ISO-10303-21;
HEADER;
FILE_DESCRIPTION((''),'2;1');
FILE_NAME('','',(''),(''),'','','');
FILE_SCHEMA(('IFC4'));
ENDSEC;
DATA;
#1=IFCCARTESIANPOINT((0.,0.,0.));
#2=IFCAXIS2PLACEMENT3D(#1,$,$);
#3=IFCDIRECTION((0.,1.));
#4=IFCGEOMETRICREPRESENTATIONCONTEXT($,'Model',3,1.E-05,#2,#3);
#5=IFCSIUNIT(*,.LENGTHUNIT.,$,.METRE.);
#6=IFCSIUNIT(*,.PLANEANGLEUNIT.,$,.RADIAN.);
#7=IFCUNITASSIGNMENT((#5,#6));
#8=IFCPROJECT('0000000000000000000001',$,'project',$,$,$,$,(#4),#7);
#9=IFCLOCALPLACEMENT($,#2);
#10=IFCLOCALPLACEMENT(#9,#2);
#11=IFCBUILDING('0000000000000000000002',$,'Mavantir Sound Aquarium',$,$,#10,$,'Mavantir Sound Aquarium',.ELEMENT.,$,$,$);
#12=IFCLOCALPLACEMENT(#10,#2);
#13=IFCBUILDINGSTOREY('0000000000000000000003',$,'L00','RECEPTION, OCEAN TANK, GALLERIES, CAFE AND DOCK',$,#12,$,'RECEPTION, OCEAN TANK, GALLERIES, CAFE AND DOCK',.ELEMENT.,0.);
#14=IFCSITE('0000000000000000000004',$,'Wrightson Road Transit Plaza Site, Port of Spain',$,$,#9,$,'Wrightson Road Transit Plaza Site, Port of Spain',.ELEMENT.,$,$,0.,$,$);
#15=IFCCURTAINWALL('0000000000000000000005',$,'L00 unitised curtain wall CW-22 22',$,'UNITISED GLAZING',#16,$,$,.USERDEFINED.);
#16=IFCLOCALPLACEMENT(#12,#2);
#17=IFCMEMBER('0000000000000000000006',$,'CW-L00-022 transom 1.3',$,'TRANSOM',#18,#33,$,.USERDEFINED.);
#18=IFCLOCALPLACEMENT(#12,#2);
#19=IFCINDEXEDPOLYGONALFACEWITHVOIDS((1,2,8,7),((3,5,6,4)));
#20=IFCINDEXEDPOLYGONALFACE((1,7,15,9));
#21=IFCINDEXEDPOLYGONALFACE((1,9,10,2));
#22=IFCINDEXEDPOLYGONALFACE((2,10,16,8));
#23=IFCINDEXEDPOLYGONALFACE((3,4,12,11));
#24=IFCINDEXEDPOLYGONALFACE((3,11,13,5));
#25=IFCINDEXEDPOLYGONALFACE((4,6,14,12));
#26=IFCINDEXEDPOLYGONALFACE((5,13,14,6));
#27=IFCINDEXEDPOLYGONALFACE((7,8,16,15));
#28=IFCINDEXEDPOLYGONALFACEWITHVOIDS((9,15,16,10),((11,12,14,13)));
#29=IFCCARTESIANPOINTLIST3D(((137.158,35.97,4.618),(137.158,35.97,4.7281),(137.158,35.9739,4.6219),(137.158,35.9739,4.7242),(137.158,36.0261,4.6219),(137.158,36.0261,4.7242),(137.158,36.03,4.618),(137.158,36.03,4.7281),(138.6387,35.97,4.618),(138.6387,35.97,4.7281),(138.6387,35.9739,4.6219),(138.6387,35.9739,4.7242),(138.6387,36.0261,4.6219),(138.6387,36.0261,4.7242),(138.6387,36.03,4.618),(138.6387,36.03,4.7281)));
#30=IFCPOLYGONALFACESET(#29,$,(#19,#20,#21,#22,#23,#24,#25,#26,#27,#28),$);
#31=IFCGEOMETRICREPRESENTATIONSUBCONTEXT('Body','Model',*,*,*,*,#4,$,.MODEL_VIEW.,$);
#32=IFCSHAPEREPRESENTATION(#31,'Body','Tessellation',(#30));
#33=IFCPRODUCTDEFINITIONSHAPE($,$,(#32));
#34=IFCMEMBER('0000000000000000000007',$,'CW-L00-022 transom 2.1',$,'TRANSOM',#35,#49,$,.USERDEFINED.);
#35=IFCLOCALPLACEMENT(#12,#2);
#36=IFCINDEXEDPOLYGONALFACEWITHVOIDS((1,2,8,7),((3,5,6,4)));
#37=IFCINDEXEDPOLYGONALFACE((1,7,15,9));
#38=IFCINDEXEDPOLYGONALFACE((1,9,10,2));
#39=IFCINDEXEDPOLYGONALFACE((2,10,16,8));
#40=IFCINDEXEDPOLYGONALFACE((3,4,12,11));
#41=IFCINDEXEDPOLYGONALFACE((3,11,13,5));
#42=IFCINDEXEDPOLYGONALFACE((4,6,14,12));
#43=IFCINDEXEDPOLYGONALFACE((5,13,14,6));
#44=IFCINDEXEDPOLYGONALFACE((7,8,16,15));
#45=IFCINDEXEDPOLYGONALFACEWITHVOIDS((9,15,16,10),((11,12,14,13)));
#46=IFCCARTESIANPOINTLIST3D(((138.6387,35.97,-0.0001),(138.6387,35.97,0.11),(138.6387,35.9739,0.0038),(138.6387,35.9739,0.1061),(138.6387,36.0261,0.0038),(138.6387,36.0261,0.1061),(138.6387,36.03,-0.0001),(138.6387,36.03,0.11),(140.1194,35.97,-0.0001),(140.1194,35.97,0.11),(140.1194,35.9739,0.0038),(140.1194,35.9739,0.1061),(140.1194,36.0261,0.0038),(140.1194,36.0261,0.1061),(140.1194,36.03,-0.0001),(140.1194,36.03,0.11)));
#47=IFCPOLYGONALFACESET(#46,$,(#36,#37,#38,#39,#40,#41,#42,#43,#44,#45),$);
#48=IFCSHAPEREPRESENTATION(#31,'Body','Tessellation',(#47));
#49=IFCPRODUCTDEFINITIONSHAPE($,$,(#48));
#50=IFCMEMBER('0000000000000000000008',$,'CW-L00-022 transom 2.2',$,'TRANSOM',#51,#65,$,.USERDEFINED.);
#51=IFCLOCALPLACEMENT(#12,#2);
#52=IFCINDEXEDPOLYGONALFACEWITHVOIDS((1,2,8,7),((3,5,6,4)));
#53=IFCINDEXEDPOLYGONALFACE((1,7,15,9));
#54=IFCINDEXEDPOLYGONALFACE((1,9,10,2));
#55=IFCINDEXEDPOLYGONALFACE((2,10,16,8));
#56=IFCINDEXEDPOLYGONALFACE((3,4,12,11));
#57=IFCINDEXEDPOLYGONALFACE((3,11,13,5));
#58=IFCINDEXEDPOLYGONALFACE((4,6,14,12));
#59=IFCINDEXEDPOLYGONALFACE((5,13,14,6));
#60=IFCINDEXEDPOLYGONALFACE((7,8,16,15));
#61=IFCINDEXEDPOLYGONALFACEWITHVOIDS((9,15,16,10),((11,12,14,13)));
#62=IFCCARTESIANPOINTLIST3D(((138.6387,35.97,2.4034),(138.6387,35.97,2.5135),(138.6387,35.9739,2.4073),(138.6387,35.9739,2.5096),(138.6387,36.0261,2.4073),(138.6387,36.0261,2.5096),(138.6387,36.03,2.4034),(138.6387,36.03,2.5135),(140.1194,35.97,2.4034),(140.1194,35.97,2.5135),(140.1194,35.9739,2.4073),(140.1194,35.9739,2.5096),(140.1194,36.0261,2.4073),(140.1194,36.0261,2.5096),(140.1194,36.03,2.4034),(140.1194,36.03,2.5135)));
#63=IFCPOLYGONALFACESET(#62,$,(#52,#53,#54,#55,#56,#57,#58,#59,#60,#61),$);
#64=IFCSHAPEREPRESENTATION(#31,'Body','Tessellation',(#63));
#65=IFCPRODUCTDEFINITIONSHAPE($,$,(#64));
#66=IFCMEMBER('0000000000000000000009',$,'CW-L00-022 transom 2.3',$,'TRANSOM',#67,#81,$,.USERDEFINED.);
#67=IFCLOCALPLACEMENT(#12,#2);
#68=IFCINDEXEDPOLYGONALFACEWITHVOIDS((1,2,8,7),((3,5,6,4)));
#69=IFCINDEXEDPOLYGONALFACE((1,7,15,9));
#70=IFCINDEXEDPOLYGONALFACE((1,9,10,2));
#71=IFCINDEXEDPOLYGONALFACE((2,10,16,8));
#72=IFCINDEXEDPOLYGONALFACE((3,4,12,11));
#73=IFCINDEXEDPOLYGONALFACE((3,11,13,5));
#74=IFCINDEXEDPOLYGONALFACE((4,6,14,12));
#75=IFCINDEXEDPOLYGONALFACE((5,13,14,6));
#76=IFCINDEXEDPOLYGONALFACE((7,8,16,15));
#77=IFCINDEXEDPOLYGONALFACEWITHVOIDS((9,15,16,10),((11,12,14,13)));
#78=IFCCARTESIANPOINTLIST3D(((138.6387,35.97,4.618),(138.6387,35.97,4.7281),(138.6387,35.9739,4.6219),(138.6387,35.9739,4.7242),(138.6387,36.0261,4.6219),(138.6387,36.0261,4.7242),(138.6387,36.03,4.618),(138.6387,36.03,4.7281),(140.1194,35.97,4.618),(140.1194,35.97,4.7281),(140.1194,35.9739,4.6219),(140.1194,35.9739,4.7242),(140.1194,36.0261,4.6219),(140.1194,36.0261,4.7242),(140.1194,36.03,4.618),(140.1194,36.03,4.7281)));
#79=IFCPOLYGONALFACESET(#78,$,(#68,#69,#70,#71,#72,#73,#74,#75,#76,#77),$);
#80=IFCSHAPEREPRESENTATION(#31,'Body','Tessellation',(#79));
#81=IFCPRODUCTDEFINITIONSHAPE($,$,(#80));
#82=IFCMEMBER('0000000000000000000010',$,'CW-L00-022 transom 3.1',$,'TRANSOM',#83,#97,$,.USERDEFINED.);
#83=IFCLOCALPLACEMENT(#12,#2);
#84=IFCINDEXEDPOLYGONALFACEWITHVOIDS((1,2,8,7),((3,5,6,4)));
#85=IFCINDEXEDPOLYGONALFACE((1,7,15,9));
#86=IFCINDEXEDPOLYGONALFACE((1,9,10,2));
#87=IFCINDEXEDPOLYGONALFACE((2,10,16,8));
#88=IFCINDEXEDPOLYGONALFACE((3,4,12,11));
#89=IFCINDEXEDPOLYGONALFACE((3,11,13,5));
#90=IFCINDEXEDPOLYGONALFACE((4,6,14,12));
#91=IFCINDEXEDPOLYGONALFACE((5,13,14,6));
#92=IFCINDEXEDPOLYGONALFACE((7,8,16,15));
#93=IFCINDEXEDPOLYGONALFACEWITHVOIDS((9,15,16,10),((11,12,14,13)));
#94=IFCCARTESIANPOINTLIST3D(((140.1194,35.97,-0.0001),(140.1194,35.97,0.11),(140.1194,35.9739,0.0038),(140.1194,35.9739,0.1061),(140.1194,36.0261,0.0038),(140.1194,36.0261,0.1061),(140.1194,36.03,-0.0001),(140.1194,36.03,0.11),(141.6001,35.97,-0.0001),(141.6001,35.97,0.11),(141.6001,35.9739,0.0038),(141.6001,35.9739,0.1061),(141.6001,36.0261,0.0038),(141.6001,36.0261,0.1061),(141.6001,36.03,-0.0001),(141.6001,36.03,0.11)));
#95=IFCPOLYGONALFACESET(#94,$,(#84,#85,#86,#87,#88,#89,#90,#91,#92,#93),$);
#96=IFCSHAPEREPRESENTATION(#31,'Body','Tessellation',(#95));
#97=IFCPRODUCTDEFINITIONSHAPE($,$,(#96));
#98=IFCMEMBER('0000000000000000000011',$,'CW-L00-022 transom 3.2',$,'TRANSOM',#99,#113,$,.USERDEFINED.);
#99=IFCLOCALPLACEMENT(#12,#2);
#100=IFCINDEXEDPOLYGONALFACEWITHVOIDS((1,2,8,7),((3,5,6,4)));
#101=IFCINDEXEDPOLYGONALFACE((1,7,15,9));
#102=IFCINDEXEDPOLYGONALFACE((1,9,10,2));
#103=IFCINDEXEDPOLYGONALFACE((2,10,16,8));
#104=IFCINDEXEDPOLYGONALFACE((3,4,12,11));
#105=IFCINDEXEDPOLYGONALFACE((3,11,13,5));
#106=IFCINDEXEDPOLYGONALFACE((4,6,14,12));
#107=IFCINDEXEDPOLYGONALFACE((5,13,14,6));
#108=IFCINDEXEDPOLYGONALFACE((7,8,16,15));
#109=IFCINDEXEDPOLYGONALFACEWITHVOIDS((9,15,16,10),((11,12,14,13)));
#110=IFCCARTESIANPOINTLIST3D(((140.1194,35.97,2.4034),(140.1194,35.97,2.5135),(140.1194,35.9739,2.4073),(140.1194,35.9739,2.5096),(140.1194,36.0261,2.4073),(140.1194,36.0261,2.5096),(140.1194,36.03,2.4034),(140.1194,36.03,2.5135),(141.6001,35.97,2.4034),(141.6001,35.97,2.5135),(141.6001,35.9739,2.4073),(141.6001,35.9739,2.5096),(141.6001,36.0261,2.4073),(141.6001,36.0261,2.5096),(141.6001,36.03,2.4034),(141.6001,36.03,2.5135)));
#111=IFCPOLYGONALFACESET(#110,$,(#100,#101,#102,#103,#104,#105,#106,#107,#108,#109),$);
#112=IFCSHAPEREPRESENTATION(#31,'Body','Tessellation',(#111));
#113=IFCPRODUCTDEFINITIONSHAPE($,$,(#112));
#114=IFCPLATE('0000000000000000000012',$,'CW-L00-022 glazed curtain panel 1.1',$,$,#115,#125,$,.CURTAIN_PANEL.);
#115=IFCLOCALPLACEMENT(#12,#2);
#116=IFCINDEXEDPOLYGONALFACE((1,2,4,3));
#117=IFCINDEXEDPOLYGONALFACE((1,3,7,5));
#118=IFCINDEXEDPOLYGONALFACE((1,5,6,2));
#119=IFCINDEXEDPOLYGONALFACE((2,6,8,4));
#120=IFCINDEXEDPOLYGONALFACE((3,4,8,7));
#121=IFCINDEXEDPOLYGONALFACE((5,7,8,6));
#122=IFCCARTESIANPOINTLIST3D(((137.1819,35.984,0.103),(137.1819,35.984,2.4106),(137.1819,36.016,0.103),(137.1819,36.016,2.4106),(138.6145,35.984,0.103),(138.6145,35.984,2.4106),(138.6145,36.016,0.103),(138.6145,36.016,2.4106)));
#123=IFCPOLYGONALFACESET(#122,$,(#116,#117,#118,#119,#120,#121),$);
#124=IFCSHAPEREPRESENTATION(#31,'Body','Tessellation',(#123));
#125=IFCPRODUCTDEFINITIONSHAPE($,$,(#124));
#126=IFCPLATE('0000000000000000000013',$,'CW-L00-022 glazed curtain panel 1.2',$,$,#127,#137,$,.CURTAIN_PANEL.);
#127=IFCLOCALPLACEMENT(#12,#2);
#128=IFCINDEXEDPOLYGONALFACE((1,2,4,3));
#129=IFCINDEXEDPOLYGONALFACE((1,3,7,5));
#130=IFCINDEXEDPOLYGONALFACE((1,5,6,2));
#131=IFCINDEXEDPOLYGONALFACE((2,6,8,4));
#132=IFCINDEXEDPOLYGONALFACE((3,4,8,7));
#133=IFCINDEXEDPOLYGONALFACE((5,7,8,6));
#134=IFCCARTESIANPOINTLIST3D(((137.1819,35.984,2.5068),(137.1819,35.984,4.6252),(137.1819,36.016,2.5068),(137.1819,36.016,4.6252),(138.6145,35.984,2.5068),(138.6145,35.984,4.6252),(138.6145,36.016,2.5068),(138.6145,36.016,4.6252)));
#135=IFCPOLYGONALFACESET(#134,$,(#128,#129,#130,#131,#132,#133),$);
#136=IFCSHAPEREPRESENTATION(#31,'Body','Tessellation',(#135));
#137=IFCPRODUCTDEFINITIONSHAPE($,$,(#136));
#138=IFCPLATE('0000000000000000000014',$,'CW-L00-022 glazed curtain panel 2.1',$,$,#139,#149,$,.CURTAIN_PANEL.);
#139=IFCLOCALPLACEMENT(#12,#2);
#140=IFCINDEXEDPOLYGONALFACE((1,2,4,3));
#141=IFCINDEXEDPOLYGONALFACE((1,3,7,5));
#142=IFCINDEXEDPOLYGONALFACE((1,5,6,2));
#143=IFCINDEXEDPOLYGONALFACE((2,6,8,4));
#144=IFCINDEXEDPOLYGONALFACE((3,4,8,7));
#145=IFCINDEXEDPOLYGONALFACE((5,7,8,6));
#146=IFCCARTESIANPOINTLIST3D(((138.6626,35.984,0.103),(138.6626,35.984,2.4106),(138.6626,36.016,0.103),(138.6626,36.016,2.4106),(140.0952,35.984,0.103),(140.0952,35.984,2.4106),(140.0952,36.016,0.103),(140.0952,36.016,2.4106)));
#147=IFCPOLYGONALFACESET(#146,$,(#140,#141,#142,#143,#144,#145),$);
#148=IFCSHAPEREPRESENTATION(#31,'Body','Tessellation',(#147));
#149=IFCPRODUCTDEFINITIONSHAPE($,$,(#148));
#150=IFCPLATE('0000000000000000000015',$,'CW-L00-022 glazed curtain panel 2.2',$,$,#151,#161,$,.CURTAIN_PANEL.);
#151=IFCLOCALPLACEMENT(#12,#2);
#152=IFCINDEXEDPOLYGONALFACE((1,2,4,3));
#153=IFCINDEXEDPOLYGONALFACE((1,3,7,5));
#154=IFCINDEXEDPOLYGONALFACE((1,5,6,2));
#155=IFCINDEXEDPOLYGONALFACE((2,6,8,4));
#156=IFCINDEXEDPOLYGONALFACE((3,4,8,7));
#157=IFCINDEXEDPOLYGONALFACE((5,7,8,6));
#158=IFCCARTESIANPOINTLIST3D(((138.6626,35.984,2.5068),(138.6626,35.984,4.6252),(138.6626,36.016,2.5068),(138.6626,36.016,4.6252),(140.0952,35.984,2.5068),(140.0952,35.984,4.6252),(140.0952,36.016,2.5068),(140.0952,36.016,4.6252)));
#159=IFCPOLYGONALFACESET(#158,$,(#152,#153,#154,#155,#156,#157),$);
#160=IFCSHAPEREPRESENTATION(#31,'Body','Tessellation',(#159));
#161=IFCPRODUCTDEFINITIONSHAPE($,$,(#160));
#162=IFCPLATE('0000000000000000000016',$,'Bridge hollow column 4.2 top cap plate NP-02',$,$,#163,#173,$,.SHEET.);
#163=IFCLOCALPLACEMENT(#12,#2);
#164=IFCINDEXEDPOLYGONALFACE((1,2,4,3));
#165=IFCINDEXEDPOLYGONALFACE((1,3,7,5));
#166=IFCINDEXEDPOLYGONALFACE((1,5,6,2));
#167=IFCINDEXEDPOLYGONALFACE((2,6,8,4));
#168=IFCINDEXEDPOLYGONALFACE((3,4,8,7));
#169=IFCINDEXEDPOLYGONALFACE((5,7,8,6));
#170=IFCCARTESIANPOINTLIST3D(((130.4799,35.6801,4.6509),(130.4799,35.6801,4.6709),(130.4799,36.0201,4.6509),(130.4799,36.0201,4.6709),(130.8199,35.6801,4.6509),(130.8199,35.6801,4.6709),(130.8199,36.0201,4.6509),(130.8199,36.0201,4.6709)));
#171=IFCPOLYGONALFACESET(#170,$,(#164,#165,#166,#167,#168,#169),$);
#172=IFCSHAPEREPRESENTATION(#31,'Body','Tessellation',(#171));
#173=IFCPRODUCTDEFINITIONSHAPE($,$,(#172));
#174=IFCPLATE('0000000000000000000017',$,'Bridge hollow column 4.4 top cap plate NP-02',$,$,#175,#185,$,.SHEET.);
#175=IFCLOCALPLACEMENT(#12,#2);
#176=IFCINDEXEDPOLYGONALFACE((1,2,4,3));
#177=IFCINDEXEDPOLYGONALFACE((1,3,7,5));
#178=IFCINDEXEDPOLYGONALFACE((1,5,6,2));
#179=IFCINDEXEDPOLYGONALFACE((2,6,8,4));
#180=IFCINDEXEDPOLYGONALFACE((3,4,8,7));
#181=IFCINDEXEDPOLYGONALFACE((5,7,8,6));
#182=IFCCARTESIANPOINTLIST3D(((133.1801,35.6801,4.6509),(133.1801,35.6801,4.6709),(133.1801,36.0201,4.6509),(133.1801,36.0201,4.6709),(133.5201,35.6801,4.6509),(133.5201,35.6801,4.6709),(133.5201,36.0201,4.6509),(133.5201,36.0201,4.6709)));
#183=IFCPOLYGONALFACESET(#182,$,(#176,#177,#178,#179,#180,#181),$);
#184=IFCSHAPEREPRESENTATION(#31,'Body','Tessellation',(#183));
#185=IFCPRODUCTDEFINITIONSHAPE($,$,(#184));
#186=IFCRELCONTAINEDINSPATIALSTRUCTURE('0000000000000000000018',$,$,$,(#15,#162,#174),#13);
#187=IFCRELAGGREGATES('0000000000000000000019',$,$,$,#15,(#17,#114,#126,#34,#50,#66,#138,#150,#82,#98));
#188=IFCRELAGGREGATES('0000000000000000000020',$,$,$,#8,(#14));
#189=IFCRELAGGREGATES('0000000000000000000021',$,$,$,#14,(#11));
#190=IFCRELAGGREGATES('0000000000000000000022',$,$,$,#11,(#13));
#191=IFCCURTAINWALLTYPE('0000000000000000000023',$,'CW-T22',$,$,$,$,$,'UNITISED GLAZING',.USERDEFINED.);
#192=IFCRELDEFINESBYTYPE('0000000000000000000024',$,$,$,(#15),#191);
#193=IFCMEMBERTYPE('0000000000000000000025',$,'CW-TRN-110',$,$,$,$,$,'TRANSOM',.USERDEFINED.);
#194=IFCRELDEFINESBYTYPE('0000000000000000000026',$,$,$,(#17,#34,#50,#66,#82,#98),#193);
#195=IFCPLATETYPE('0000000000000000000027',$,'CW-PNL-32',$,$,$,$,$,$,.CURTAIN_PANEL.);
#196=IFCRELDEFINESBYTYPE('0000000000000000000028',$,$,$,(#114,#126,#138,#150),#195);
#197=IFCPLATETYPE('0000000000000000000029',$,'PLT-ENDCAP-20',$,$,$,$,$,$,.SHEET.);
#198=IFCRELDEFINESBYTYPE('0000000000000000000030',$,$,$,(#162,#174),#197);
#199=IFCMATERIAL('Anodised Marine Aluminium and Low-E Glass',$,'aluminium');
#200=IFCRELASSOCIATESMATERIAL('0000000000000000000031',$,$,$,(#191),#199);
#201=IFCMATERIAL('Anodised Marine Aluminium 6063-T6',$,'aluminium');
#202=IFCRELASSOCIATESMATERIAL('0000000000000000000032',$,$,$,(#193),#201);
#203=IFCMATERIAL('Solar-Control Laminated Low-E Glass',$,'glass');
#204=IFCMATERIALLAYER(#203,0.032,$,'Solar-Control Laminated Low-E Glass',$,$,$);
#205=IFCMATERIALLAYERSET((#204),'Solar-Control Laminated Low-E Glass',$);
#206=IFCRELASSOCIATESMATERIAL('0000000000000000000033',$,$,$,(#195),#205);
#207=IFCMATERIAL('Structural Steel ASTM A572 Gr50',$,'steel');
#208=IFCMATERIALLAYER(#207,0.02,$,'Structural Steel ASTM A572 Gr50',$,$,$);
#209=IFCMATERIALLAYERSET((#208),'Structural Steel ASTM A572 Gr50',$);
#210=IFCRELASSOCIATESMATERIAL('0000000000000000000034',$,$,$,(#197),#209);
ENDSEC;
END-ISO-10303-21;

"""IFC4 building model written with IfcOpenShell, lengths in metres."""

from ifc_helpers import new_model, si_unit, direction, frame, origin, origin_2d, place, context, subcontext, project, spatial, rectangle, hollow_rectangle, extrude, material, layer, layer_set, material_profile, profile_set, type_object, element, aggregate, save


model = new_model("IFC4")

# Units and contexts
model_context = context("Model", 3, precision=1e-05, world=origin(), true_north=direction((0.0, 1.0)))
body_context = subcontext(model_context, "Body", "Model", "MODEL_VIEW")
ifc_project = project(units=[si_unit("LENGTHUNIT", "METRE"), si_unit("PLANEANGLEUNIT", "RADIAN")], contexts=[model_context])

# Site, building, storey
site_placement = place(None, origin())
site = spatial("IfcSite", under=ifc_project, at=site_placement, Name="Wrightson Road Transit Plaza Site, Port of Spain", LongName="Wrightson Road Transit Plaza Site, Port of Spain", CompositionType="ELEMENT", RefElevation=0.0)
building_placement = place(site_placement, origin())
building = spatial("IfcBuilding", under=site, at=building_placement, Name="Mavantir Sound Aquarium", LongName="Mavantir Sound Aquarium", CompositionType="ELEMENT")
storey_placement = place(building_placement, origin())
storey = spatial("IfcBuildingStorey", under=building, at=storey_placement, Name="L00", Description="RECEPTION, OCEAN TANK, GALLERIES, CAFE AND DOCK", LongName="RECEPTION, OCEAN TANK, GALLERIES, CAFE AND DOCK", CompositionType="ELEMENT", Elevation=0.0)

# Curtain wall, members, plates
ifc_material_1 = material(Name="Anodised Marine Aluminium and Low-E Glass", Category="aluminium")
curtain_wall_type = type_object("IfcCurtainWallType", Name="CW-T22", ElementType="UNITISED GLAZING", PredefinedType="USERDEFINED", material=ifc_material_1)
curtain_wall_placement = place(storey_placement, origin())
curtain_wall = element("IfcCurtainWall", 1, at=curtain_wall_placement, inside=storey, type_object=curtain_wall_type, Name="L00 unitised curtain wall CW-22 22", ObjectType="UNITISED GLAZING", PredefinedType="USERDEFINED")
ifc_material_2 = material(Name="Anodised Marine Aluminium 6063-T6", Category="aluminium")
ifc_material_profile_1 = material_profile(ifc_material_2, hollow_rectangle(XDim=0.0601, YDim=0.1101, WallThickness=0.0039, at=origin_2d()), Name="ALU-TRANSOM-110X60")
ifc_profile_set_1 = profile_set([ifc_material_profile_1], Name="Anodised Marine Aluminium 6063-T6")
member_type_1 = type_object("IfcMemberType", Name="CW-TRN-110", ElementType="TRANSOM", PredefinedType="USERDEFINED", material=ifc_profile_set_1)
member_1_placement = place(storey_placement, frame((137.158, 36.0, 4.6731), z_axis=(1.0, 0.0, 0.0), x_axis=(0.0, 1.0, 0.0)))
member_1 = element("IfcMember", 2, at=member_1_placement, type_object=member_type_1, Name="CW-L00-022 transom 1.3", ObjectType="TRANSOM", PredefinedType="USERDEFINED", context=body_context, shape_type="SweptSolid", body=[
    extrude(hollow_rectangle(XDim=0.0601, YDim=0.1101, WallThickness=0.0039, at=origin_2d()), origin(), (0.0, 0.0, 1.0), 1.4807),
])
member_2_placement = place(storey_placement, frame((138.6387, 36.0, 0.0549), z_axis=(1.0, 0.0, 0.0), x_axis=(0.0, 1.0, 0.0)))
member_2 = element("IfcMember", 3, at=member_2_placement, type_object=member_type_1, Name="CW-L00-022 transom 2.1", ObjectType="TRANSOM", PredefinedType="USERDEFINED", context=body_context, shape_type="SweptSolid", body=[
    extrude(hollow_rectangle(XDim=0.0601, YDim=0.1101, WallThickness=0.0039, at=origin_2d()), origin(), (0.0, 0.0, 1.0), 1.4807),
])
member_3_placement = place(storey_placement, frame((138.6387, 36.0, 2.4585), z_axis=(1.0, 0.0, 0.0), x_axis=(0.0, 1.0, 0.0)))
member_3 = element("IfcMember", 4, at=member_3_placement, type_object=member_type_1, Name="CW-L00-022 transom 2.2", ObjectType="TRANSOM", PredefinedType="USERDEFINED", context=body_context, shape_type="SweptSolid", body=[
    extrude(hollow_rectangle(XDim=0.0601, YDim=0.1101, WallThickness=0.0039, at=origin_2d()), origin(), (0.0, 0.0, 1.0), 1.4807),
])
member_4_placement = place(storey_placement, frame((138.6387, 36.0, 4.6731), z_axis=(1.0, 0.0, 0.0), x_axis=(0.0, 1.0, 0.0)))
member_4 = element("IfcMember", 5, at=member_4_placement, type_object=member_type_1, Name="CW-L00-022 transom 2.3", ObjectType="TRANSOM", PredefinedType="USERDEFINED", context=body_context, shape_type="SweptSolid", body=[
    extrude(hollow_rectangle(XDim=0.0601, YDim=0.1101, WallThickness=0.0039, at=origin_2d()), origin(), (0.0, 0.0, 1.0), 1.4807),
])
member_5_placement = place(storey_placement, frame((140.1194, 36.0, 0.0549), z_axis=(1.0, 0.0, 0.0), x_axis=(0.0, 1.0, 0.0)))
member_5 = element("IfcMember", 6, at=member_5_placement, type_object=member_type_1, Name="CW-L00-022 transom 3.1", ObjectType="TRANSOM", PredefinedType="USERDEFINED", context=body_context, shape_type="SweptSolid", body=[
    extrude(hollow_rectangle(XDim=0.0601, YDim=0.1101, WallThickness=0.0039, at=origin_2d()), origin(), (0.0, 0.0, 1.0), 1.4807),
])
member_6_placement = place(storey_placement, frame((140.1194, 36.0, 2.4585), z_axis=(1.0, 0.0, 0.0), x_axis=(0.0, 1.0, 0.0)))
member_6 = element("IfcMember", 7, at=member_6_placement, type_object=member_type_1, Name="CW-L00-022 transom 3.2", ObjectType="TRANSOM", PredefinedType="USERDEFINED", context=body_context, shape_type="SweptSolid", body=[
    extrude(hollow_rectangle(XDim=0.0601, YDim=0.1101, WallThickness=0.0039, at=origin_2d()), origin(), (0.0, 0.0, 1.0), 1.4807),
])
ifc_material_3 = material(Name="Solar-Control Laminated Low-E Glass", Category="glass")
ifc_layer_1 = layer(ifc_material_3, 0.032, Name="Solar-Control Laminated Low-E Glass")
ifc_layer_set_1 = layer_set([ifc_layer_1], Name="Solar-Control Laminated Low-E Glass")
plate_type_1 = type_object("IfcPlateType", Name="CW-PNL-32", PredefinedType="CURTAIN_PANEL", material=ifc_layer_set_1)
plate_1_placement = place(storey_placement, frame((137.8982, 36.0, 0.103), z_axis=(0.0, 0.0, 1.0), x_axis=(1.0, 0.0, 0.0)))
plate_1 = element("IfcPlate", 8, at=plate_1_placement, type_object=plate_type_1, Name="CW-L00-022 glazed curtain panel 1.1", PredefinedType="CURTAIN_PANEL", context=body_context, shape_type="SweptSolid", body=[
    extrude(rectangle(XDim=1.4326, YDim=0.032, at=origin_2d()), origin(), (0.0, 0.0, 1.0), 2.3076),
])
plate_2_placement = place(storey_placement, frame((137.8982, 36.0, 2.5068), z_axis=(0.0, 0.0, 1.0), x_axis=(1.0, 0.0, 0.0)))
plate_2 = element("IfcPlate", 9, at=plate_2_placement, type_object=plate_type_1, Name="CW-L00-022 glazed curtain panel 1.2", PredefinedType="CURTAIN_PANEL", context=body_context, shape_type="SweptSolid", body=[
    extrude(rectangle(XDim=1.4326, YDim=0.032, at=origin_2d()), origin(), (0.0, 0.0, 1.0), 2.1184),
])
plate_3_placement = place(storey_placement, frame((139.3789, 36.0, 0.103), z_axis=(0.0, 0.0, 1.0), x_axis=(1.0, 0.0, 0.0)))
plate_3 = element("IfcPlate", 10, at=plate_3_placement, type_object=plate_type_1, Name="CW-L00-022 glazed curtain panel 2.1", PredefinedType="CURTAIN_PANEL", context=body_context, shape_type="SweptSolid", body=[
    extrude(rectangle(XDim=1.4326, YDim=0.032, at=origin_2d()), origin(), (0.0, 0.0, 1.0), 2.3076),
])
plate_4_placement = place(storey_placement, frame((139.3789, 36.0, 2.5068), z_axis=(0.0, 0.0, 1.0), x_axis=(1.0, 0.0, 0.0)))
plate_4 = element("IfcPlate", 11, at=plate_4_placement, type_object=plate_type_1, Name="CW-L00-022 glazed curtain panel 2.2", PredefinedType="CURTAIN_PANEL", context=body_context, shape_type="SweptSolid", body=[
    extrude(rectangle(XDim=1.4326, YDim=0.032, at=origin_2d()), origin(), (0.0, 0.0, 1.0), 2.1184),
])
aggregate(curtain_wall, [member_1, plate_1, plate_2, member_2, member_3, member_4, plate_3, plate_4, member_5, member_6])

# Plates
ifc_material_4 = material(Name="Structural Steel ASTM A572 Gr50", Category="steel")
ifc_layer_2 = layer(ifc_material_4, 0.02, Name="Structural Steel ASTM A572 Gr50")
ifc_layer_set_2 = layer_set([ifc_layer_2], Name="Structural Steel ASTM A572 Gr50")
plate_type_2 = type_object("IfcPlateType", Name="PLT-ENDCAP-20", PredefinedType="SHEET", material=ifc_layer_set_2)
for number, where, z_axis, x_axis, name in (
    (12, (130.6499, 35.8501, 4.6509), (0.0, 0.0, 1.0), (1.0, 0.0, 0.0), "Bridge hollow column 4.2 top cap plate NP-02"),
    (13, (133.3501, 35.8501, 4.6509), (0.0, 0.0, 1.0), (1.0, 0.0, 0.0), "Bridge hollow column 4.4 top cap plate NP-02"),
):
    element("IfcPlate", number, at=place(storey_placement, frame(where, z_axis=z_axis, x_axis=x_axis)), inside=storey, type_object=plate_type_2, Name=name, PredefinedType="SHEET", context=body_context, shape_type="SweptSolid", body=[
        extrude(rectangle(XDim=0.3401, YDim=0.3401, at=origin_2d()), origin(), (0.0, 0.0, 1.0), 0.02),
    ])

save(model, "model.ifc")
